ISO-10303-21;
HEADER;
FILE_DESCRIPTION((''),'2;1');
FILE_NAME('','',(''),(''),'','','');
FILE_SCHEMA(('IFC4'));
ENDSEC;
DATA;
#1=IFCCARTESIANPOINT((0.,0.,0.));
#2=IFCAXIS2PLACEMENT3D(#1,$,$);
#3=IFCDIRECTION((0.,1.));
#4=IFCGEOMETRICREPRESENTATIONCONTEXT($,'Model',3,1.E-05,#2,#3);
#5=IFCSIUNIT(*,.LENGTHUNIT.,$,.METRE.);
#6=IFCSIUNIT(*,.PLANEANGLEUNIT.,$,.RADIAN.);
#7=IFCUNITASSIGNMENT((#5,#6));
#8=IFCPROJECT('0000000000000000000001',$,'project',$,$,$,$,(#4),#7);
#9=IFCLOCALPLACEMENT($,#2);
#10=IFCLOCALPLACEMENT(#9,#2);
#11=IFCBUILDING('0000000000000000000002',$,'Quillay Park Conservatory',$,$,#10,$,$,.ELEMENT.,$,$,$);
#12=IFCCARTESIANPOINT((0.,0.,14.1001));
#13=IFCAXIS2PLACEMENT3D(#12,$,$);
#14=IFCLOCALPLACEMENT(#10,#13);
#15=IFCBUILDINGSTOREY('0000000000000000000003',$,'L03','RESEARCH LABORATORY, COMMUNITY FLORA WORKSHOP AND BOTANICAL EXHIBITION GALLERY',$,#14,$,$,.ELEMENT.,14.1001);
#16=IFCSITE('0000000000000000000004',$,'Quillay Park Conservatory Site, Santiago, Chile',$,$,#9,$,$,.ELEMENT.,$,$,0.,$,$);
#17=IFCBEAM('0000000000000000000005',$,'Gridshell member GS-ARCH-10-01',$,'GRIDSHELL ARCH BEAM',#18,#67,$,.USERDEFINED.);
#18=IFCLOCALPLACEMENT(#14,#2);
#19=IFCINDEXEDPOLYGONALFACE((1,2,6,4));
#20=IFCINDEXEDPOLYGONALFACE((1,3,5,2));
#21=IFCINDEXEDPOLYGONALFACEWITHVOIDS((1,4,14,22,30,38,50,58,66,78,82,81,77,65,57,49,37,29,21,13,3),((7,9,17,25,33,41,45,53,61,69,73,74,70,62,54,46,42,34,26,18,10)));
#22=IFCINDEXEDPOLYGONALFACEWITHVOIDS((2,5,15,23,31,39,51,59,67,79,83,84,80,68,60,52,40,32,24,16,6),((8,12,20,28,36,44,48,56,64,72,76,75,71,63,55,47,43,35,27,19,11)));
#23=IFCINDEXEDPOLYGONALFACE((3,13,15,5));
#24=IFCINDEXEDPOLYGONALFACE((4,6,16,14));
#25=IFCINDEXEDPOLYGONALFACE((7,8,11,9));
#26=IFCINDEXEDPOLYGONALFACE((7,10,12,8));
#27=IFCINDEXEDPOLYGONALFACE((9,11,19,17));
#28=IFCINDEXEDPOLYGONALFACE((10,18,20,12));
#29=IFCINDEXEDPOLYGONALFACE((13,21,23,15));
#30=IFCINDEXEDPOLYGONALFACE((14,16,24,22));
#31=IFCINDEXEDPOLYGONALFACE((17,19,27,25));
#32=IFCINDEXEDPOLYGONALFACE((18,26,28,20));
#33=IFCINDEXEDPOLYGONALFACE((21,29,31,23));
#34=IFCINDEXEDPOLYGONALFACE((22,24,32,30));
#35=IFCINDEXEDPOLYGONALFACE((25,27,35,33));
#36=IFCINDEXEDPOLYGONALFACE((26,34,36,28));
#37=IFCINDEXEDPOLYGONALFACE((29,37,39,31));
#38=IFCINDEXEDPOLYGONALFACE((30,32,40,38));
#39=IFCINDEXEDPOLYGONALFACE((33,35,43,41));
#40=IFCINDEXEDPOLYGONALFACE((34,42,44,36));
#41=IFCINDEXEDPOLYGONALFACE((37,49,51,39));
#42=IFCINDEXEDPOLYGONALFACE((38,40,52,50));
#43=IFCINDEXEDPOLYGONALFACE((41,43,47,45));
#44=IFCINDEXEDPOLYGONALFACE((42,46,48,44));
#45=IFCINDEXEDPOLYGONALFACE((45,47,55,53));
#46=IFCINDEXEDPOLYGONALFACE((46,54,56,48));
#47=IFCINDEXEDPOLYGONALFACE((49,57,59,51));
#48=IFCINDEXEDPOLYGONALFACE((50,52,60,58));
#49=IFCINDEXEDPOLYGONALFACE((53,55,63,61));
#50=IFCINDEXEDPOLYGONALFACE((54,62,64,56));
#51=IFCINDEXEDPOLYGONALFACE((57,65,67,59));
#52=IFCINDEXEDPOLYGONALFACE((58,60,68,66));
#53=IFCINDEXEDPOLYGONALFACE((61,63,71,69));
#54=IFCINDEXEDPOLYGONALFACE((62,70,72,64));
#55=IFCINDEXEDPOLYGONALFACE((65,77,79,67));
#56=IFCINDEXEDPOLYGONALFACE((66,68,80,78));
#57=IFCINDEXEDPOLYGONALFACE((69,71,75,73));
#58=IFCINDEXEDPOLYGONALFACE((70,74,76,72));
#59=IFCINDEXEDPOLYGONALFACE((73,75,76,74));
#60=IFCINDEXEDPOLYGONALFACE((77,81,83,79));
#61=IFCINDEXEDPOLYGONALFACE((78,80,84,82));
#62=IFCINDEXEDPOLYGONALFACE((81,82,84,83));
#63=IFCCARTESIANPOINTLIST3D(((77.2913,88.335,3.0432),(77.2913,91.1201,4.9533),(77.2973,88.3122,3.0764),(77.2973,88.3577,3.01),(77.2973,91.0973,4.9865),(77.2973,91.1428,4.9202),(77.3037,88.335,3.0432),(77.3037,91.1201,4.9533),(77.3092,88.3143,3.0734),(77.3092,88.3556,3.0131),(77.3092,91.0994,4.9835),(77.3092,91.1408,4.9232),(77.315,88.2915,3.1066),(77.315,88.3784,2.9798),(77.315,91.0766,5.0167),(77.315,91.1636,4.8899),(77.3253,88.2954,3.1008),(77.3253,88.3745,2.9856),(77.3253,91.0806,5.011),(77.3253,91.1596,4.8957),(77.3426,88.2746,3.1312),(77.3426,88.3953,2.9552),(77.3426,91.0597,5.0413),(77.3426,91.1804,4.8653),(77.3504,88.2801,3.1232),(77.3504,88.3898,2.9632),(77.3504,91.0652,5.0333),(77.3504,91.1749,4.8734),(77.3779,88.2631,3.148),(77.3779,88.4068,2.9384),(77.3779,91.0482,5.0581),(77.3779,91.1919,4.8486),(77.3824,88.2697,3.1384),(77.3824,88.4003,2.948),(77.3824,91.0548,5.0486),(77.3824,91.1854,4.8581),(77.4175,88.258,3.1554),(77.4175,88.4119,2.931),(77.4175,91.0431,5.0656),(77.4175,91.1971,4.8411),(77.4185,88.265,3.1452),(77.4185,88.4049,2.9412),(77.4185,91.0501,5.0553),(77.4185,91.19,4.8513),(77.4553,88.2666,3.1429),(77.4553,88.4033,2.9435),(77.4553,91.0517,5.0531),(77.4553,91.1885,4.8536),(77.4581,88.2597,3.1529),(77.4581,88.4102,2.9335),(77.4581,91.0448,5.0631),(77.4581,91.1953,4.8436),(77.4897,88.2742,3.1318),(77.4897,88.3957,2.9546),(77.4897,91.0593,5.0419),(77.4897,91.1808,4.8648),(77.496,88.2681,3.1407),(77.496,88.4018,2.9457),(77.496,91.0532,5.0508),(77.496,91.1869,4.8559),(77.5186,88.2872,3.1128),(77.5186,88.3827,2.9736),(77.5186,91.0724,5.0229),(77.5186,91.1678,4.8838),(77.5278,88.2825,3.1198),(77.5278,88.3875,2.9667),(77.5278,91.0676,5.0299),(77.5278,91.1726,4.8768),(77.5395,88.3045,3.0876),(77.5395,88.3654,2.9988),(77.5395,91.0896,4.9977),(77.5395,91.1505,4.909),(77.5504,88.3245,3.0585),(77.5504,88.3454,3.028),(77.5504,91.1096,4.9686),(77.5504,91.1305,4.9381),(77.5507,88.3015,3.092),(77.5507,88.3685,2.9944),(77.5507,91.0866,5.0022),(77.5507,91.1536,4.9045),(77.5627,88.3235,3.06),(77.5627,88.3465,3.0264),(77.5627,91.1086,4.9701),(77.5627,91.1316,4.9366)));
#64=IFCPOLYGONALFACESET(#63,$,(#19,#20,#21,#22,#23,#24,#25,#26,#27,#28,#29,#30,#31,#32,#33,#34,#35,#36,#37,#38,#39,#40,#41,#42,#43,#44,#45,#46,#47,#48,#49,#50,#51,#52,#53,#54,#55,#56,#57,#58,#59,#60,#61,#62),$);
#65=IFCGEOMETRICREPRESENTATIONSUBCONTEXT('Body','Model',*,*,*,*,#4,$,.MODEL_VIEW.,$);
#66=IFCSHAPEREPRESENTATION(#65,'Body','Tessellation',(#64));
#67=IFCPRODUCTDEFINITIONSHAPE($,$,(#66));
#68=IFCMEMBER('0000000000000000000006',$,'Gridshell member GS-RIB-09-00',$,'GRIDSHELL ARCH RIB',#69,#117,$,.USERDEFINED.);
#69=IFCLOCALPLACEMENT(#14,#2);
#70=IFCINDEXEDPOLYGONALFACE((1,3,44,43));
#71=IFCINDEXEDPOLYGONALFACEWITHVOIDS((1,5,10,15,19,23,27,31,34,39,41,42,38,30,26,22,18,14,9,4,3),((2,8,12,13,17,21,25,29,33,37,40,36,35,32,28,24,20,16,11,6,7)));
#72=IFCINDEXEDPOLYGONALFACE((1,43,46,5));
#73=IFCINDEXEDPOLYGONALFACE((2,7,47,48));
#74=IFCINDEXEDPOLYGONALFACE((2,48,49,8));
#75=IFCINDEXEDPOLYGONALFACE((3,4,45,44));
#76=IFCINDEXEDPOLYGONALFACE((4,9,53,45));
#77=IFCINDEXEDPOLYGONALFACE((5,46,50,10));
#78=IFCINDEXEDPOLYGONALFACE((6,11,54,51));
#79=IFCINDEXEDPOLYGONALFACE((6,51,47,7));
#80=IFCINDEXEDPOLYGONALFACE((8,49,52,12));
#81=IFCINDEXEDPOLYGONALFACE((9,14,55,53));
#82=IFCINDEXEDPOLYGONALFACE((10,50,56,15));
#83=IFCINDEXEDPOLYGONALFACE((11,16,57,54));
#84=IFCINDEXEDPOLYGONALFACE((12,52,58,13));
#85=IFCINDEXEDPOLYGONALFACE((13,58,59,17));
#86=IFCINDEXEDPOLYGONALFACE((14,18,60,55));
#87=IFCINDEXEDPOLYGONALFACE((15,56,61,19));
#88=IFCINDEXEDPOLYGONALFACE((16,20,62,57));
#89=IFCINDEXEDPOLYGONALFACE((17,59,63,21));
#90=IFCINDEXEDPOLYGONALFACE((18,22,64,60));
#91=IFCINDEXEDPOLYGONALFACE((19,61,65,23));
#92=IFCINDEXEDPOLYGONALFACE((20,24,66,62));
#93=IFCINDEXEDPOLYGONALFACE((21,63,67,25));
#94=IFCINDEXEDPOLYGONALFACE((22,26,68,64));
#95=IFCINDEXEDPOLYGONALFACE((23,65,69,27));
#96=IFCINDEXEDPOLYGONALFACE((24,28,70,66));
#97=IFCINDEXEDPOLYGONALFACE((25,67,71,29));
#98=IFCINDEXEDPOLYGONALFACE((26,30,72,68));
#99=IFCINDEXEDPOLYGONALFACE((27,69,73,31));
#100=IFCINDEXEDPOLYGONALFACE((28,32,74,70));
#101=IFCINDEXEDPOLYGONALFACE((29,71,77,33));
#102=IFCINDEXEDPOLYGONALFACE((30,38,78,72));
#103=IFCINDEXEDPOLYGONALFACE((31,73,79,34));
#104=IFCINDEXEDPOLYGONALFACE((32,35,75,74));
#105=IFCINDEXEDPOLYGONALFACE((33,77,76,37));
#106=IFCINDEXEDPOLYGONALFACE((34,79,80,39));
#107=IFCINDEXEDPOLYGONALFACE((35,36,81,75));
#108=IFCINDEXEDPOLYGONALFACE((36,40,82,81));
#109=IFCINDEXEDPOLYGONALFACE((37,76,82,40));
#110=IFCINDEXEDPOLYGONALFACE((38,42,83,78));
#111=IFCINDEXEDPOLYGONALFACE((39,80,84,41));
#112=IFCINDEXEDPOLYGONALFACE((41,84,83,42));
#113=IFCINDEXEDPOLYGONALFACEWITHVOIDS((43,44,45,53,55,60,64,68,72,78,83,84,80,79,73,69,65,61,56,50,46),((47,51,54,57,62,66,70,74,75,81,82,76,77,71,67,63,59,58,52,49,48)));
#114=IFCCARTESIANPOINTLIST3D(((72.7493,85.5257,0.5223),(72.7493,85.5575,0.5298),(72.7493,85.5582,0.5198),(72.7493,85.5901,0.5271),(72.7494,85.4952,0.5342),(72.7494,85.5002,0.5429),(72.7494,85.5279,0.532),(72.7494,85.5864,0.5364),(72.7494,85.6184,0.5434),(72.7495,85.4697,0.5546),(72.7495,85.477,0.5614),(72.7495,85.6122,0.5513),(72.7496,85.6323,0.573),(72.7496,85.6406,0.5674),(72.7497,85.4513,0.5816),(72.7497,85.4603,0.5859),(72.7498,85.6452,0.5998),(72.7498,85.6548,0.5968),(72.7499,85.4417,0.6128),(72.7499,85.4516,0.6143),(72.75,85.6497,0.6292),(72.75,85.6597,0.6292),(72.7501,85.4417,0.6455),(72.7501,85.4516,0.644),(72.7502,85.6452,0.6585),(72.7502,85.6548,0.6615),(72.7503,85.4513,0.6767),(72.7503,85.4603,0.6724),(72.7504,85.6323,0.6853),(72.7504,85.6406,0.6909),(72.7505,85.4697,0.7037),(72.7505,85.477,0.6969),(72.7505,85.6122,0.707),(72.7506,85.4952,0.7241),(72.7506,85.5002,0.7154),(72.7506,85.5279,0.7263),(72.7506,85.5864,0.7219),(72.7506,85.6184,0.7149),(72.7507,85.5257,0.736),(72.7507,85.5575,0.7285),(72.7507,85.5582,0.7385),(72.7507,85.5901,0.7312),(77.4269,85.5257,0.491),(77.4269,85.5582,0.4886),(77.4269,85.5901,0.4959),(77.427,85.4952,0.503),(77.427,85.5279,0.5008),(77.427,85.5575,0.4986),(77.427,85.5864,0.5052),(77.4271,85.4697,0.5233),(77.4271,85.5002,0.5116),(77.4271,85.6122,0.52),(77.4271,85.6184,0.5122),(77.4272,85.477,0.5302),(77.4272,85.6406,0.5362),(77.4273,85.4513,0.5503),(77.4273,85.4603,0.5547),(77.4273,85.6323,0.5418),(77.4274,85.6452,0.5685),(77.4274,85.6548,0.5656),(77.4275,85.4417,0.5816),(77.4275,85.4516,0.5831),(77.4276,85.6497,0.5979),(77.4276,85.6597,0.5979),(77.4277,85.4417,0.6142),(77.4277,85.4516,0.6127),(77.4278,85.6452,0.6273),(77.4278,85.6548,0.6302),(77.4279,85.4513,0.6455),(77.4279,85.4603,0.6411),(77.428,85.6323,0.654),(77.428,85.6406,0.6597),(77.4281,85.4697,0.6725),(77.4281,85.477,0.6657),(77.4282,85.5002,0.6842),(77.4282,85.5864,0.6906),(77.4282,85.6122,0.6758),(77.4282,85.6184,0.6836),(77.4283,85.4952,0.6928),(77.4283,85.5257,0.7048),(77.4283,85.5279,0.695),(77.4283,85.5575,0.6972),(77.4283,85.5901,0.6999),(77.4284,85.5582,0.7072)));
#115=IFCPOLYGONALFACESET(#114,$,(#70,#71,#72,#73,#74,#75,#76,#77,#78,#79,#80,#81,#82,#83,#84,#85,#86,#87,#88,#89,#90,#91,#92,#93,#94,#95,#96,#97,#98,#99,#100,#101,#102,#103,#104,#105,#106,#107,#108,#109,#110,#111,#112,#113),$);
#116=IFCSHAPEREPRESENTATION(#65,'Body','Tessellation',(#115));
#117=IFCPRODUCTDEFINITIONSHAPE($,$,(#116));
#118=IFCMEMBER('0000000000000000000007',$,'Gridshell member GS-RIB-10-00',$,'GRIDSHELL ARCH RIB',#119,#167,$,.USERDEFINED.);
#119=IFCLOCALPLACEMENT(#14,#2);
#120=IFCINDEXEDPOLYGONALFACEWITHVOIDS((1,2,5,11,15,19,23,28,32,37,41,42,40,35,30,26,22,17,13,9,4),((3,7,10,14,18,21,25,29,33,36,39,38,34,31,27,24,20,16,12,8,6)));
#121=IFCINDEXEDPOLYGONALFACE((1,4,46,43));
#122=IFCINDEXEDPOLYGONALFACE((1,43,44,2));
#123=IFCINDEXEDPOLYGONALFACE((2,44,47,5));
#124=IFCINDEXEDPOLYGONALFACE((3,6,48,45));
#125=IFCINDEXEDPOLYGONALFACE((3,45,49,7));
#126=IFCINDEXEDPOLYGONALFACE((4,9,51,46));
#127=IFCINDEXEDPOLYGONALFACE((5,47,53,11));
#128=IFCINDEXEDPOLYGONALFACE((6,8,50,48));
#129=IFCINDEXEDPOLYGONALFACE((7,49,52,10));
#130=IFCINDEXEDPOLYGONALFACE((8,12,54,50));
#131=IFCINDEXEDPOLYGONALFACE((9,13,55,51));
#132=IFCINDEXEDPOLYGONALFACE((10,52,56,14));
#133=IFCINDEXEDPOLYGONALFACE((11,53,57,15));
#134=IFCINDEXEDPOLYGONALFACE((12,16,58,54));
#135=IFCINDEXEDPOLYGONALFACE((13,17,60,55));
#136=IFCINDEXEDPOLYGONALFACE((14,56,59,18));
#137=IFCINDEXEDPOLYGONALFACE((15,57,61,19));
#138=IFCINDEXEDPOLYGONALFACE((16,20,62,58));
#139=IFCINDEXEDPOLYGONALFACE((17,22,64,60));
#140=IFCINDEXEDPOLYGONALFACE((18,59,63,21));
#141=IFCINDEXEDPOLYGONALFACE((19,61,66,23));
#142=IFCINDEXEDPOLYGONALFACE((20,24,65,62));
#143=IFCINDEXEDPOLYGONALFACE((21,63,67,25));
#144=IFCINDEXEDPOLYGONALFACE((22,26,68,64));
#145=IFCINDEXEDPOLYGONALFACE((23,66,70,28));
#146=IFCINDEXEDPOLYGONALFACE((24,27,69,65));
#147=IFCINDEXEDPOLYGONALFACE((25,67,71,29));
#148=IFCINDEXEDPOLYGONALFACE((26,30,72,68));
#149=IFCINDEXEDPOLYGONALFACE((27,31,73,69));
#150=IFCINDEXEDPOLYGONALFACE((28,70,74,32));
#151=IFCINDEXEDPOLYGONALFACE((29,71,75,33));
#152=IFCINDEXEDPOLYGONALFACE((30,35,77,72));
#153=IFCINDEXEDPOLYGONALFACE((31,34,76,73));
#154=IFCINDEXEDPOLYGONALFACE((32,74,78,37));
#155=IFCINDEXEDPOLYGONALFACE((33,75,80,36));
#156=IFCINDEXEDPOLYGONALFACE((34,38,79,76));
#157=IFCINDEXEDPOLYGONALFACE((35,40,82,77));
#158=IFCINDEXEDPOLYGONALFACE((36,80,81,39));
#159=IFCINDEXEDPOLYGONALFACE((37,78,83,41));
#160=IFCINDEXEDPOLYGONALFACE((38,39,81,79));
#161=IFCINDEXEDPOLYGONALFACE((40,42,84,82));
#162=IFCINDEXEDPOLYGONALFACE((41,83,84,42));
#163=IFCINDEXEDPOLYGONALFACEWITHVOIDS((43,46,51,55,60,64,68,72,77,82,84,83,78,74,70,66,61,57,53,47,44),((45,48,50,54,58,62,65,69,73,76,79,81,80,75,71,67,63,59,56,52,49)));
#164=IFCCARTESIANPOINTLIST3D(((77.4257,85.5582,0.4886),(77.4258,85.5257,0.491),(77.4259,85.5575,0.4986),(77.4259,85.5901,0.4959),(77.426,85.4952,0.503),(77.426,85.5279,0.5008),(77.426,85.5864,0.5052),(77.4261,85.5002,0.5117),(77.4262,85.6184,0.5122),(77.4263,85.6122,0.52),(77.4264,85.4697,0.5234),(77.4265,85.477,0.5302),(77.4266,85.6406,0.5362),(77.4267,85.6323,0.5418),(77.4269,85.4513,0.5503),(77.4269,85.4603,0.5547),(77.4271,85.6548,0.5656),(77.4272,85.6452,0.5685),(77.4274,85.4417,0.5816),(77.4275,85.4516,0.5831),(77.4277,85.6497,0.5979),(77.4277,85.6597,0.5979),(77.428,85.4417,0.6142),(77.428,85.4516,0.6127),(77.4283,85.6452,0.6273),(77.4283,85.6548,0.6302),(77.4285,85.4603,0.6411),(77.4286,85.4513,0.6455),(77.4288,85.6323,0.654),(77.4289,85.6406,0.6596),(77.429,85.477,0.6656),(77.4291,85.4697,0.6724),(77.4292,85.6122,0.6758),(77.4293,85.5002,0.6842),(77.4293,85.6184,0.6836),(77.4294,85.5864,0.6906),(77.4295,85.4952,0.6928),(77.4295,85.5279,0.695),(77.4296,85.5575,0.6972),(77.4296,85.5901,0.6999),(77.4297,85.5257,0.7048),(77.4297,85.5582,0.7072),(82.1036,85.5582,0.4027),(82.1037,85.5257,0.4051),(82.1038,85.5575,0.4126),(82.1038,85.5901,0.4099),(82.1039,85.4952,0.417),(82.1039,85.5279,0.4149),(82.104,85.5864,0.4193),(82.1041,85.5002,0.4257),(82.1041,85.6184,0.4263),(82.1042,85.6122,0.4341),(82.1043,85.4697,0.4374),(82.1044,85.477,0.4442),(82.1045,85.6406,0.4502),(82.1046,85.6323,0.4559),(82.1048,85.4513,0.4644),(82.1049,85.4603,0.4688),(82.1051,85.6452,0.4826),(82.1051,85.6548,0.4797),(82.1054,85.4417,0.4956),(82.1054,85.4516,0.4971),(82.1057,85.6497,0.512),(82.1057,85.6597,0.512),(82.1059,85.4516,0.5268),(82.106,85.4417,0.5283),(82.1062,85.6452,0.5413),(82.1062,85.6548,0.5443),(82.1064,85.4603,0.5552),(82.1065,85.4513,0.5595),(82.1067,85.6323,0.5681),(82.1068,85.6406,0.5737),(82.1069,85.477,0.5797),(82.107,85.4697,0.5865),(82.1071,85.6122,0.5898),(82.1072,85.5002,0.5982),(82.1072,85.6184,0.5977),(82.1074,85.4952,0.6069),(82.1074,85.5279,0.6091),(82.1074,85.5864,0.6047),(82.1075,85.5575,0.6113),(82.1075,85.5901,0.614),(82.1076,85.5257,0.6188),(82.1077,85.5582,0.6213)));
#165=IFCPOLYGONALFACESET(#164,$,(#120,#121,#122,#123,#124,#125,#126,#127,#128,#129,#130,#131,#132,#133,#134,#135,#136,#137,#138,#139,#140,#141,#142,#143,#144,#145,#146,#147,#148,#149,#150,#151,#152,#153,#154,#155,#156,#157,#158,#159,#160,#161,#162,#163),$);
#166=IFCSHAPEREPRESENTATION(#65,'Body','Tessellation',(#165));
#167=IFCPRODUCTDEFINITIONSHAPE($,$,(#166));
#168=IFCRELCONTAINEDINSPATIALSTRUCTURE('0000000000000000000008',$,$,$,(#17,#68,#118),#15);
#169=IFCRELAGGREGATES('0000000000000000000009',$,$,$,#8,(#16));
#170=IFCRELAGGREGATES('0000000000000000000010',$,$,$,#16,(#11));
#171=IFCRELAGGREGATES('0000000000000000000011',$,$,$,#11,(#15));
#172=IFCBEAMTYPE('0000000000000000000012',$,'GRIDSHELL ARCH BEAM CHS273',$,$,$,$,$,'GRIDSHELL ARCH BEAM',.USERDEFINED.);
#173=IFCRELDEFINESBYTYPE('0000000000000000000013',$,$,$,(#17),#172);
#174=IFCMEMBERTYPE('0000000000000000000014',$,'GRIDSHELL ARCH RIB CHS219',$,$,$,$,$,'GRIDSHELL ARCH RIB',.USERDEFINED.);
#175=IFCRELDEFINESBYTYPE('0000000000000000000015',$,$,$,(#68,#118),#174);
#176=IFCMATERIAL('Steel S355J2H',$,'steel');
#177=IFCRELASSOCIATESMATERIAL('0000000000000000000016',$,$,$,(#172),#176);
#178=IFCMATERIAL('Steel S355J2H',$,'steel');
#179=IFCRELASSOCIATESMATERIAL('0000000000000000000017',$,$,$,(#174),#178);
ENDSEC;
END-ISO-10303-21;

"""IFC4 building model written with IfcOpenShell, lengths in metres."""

from ifc_helpers import new_model, si_unit, direction, frame, origin, origin_2d, place, context, subcontext, project, spatial, hollow_circle, extrude, material, material_profile, profile_set, type_object, element, save


model = new_model("IFC4")

# Units and contexts
model_context = context("Model", 3, precision=1e-05, world=origin(), true_north=direction((0.0, 1.0)))
body_context = subcontext(model_context, "Body", "Model", "MODEL_VIEW")
ifc_project = project(units=[si_unit("LENGTHUNIT", "METRE"), si_unit("PLANEANGLEUNIT", "RADIAN")], contexts=[model_context])

# Site, building, storey
site_placement = place(None, origin())
site = spatial("IfcSite", under=ifc_project, at=site_placement, Name="Quillay Park Conservatory Site, Santiago, Chile", CompositionType="ELEMENT", RefElevation=0.0)
building_placement = place(site_placement, origin())
building = spatial("IfcBuilding", under=site, at=building_placement, Name="Quillay Park Conservatory", CompositionType="ELEMENT")
storey_placement = place(building_placement, frame((0.0, 0.0, 14.1001)))
storey = spatial("IfcBuildingStorey", under=building, at=storey_placement, Name="L03", Description="RESEARCH LABORATORY, COMMUNITY FLORA WORKSHOP AND BOTANICAL EXHIBITION GALLERY", CompositionType="ELEMENT", Elevation=14.1001)

# Beam
ifc_material_1 = material(Name="Steel S355J2H", Category="steel")
ifc_material_profile_1 = material_profile(ifc_material_1, hollow_circle(Radius=0.1365, WallThickness=0.0125, at=origin_2d()), Name="CHS273x12.5")
ifc_profile_set_1 = profile_set([ifc_material_profile_1], Name="Steel S355J2H")
beam_type = type_object("IfcBeamType", Name="GRIDSHELL ARCH BEAM CHS273", ElementType="GRIDSHELL ARCH BEAM", PredefinedType="USERDEFINED", material=ifc_profile_set_1)
beam_1_placement = place(storey_placement, frame((77.4277, 88.335, 3.0432), z_axis=(0.0, 0.824683, 0.565596), x_axis=(-1.0, 0.0, 0.0)))
element("IfcBeam", 1, at=beam_1_placement, inside=storey, type_object=beam_type, Name="Gridshell member GS-ARCH-10-01", ObjectType="GRIDSHELL ARCH BEAM", PredefinedType="USERDEFINED", context=body_context, shape_type="SweptSolid", body=[
    extrude(hollow_circle(Radius=0.1365, WallThickness=0.0125, at=origin_2d()), origin(), (0.0, 0.0, 1.0), 3.3772),
])

# Members
ifc_material_2 = material(Name="Steel S355J2H", Category="steel")
ifc_material_profile_2 = material_profile(ifc_material_2, hollow_circle(Radius=0.1096, WallThickness=0.01, at=origin_2d()), Name="CHS219.1x10")
ifc_profile_set_2 = profile_set([ifc_material_profile_2], Name="Steel S355J2H")
member_type = type_object("IfcMemberType", Name="GRIDSHELL ARCH RIB CHS219", ElementType="GRIDSHELL ARCH RIB", PredefinedType="USERDEFINED", material=ifc_profile_set_2)
member_1_placement = place(storey_placement, frame((72.75, 85.55, 0.6292), z_axis=(0.999978, 0.0, -0.00668), x_axis=(0.0, 1.0, 0.0)))
element("IfcMember", 2, at=member_1_placement, inside=storey, type_object=member_type, Name="Gridshell member GS-RIB-09-00", ObjectType="GRIDSHELL ARCH RIB", PredefinedType="USERDEFINED", context=body_context, shape_type="SweptSolid", body=[
    extrude(hollow_circle(Radius=0.1096, WallThickness=0.01, at=origin_2d()), origin(), (0.0, 0.0, 1.0), 4.6777),
])
member_2_placement = place(storey_placement, frame((77.4277, 85.55, 0.5979), z_axis=(0.999831, 0.0, -0.018368), x_axis=(0.0, 1.0, 0.0)))
element("IfcMember", 3, at=member_2_placement, inside=storey, type_object=member_type, Name="Gridshell member GS-RIB-10-00", ObjectType="GRIDSHELL ARCH RIB", PredefinedType="USERDEFINED", context=body_context, shape_type="SweptSolid", body=[
    extrude(hollow_circle(Radius=0.1096, WallThickness=0.01, at=origin_2d()), origin(), (0.0, 0.0, 1.0), 4.6787),
])

save(model, "model.ifc")
